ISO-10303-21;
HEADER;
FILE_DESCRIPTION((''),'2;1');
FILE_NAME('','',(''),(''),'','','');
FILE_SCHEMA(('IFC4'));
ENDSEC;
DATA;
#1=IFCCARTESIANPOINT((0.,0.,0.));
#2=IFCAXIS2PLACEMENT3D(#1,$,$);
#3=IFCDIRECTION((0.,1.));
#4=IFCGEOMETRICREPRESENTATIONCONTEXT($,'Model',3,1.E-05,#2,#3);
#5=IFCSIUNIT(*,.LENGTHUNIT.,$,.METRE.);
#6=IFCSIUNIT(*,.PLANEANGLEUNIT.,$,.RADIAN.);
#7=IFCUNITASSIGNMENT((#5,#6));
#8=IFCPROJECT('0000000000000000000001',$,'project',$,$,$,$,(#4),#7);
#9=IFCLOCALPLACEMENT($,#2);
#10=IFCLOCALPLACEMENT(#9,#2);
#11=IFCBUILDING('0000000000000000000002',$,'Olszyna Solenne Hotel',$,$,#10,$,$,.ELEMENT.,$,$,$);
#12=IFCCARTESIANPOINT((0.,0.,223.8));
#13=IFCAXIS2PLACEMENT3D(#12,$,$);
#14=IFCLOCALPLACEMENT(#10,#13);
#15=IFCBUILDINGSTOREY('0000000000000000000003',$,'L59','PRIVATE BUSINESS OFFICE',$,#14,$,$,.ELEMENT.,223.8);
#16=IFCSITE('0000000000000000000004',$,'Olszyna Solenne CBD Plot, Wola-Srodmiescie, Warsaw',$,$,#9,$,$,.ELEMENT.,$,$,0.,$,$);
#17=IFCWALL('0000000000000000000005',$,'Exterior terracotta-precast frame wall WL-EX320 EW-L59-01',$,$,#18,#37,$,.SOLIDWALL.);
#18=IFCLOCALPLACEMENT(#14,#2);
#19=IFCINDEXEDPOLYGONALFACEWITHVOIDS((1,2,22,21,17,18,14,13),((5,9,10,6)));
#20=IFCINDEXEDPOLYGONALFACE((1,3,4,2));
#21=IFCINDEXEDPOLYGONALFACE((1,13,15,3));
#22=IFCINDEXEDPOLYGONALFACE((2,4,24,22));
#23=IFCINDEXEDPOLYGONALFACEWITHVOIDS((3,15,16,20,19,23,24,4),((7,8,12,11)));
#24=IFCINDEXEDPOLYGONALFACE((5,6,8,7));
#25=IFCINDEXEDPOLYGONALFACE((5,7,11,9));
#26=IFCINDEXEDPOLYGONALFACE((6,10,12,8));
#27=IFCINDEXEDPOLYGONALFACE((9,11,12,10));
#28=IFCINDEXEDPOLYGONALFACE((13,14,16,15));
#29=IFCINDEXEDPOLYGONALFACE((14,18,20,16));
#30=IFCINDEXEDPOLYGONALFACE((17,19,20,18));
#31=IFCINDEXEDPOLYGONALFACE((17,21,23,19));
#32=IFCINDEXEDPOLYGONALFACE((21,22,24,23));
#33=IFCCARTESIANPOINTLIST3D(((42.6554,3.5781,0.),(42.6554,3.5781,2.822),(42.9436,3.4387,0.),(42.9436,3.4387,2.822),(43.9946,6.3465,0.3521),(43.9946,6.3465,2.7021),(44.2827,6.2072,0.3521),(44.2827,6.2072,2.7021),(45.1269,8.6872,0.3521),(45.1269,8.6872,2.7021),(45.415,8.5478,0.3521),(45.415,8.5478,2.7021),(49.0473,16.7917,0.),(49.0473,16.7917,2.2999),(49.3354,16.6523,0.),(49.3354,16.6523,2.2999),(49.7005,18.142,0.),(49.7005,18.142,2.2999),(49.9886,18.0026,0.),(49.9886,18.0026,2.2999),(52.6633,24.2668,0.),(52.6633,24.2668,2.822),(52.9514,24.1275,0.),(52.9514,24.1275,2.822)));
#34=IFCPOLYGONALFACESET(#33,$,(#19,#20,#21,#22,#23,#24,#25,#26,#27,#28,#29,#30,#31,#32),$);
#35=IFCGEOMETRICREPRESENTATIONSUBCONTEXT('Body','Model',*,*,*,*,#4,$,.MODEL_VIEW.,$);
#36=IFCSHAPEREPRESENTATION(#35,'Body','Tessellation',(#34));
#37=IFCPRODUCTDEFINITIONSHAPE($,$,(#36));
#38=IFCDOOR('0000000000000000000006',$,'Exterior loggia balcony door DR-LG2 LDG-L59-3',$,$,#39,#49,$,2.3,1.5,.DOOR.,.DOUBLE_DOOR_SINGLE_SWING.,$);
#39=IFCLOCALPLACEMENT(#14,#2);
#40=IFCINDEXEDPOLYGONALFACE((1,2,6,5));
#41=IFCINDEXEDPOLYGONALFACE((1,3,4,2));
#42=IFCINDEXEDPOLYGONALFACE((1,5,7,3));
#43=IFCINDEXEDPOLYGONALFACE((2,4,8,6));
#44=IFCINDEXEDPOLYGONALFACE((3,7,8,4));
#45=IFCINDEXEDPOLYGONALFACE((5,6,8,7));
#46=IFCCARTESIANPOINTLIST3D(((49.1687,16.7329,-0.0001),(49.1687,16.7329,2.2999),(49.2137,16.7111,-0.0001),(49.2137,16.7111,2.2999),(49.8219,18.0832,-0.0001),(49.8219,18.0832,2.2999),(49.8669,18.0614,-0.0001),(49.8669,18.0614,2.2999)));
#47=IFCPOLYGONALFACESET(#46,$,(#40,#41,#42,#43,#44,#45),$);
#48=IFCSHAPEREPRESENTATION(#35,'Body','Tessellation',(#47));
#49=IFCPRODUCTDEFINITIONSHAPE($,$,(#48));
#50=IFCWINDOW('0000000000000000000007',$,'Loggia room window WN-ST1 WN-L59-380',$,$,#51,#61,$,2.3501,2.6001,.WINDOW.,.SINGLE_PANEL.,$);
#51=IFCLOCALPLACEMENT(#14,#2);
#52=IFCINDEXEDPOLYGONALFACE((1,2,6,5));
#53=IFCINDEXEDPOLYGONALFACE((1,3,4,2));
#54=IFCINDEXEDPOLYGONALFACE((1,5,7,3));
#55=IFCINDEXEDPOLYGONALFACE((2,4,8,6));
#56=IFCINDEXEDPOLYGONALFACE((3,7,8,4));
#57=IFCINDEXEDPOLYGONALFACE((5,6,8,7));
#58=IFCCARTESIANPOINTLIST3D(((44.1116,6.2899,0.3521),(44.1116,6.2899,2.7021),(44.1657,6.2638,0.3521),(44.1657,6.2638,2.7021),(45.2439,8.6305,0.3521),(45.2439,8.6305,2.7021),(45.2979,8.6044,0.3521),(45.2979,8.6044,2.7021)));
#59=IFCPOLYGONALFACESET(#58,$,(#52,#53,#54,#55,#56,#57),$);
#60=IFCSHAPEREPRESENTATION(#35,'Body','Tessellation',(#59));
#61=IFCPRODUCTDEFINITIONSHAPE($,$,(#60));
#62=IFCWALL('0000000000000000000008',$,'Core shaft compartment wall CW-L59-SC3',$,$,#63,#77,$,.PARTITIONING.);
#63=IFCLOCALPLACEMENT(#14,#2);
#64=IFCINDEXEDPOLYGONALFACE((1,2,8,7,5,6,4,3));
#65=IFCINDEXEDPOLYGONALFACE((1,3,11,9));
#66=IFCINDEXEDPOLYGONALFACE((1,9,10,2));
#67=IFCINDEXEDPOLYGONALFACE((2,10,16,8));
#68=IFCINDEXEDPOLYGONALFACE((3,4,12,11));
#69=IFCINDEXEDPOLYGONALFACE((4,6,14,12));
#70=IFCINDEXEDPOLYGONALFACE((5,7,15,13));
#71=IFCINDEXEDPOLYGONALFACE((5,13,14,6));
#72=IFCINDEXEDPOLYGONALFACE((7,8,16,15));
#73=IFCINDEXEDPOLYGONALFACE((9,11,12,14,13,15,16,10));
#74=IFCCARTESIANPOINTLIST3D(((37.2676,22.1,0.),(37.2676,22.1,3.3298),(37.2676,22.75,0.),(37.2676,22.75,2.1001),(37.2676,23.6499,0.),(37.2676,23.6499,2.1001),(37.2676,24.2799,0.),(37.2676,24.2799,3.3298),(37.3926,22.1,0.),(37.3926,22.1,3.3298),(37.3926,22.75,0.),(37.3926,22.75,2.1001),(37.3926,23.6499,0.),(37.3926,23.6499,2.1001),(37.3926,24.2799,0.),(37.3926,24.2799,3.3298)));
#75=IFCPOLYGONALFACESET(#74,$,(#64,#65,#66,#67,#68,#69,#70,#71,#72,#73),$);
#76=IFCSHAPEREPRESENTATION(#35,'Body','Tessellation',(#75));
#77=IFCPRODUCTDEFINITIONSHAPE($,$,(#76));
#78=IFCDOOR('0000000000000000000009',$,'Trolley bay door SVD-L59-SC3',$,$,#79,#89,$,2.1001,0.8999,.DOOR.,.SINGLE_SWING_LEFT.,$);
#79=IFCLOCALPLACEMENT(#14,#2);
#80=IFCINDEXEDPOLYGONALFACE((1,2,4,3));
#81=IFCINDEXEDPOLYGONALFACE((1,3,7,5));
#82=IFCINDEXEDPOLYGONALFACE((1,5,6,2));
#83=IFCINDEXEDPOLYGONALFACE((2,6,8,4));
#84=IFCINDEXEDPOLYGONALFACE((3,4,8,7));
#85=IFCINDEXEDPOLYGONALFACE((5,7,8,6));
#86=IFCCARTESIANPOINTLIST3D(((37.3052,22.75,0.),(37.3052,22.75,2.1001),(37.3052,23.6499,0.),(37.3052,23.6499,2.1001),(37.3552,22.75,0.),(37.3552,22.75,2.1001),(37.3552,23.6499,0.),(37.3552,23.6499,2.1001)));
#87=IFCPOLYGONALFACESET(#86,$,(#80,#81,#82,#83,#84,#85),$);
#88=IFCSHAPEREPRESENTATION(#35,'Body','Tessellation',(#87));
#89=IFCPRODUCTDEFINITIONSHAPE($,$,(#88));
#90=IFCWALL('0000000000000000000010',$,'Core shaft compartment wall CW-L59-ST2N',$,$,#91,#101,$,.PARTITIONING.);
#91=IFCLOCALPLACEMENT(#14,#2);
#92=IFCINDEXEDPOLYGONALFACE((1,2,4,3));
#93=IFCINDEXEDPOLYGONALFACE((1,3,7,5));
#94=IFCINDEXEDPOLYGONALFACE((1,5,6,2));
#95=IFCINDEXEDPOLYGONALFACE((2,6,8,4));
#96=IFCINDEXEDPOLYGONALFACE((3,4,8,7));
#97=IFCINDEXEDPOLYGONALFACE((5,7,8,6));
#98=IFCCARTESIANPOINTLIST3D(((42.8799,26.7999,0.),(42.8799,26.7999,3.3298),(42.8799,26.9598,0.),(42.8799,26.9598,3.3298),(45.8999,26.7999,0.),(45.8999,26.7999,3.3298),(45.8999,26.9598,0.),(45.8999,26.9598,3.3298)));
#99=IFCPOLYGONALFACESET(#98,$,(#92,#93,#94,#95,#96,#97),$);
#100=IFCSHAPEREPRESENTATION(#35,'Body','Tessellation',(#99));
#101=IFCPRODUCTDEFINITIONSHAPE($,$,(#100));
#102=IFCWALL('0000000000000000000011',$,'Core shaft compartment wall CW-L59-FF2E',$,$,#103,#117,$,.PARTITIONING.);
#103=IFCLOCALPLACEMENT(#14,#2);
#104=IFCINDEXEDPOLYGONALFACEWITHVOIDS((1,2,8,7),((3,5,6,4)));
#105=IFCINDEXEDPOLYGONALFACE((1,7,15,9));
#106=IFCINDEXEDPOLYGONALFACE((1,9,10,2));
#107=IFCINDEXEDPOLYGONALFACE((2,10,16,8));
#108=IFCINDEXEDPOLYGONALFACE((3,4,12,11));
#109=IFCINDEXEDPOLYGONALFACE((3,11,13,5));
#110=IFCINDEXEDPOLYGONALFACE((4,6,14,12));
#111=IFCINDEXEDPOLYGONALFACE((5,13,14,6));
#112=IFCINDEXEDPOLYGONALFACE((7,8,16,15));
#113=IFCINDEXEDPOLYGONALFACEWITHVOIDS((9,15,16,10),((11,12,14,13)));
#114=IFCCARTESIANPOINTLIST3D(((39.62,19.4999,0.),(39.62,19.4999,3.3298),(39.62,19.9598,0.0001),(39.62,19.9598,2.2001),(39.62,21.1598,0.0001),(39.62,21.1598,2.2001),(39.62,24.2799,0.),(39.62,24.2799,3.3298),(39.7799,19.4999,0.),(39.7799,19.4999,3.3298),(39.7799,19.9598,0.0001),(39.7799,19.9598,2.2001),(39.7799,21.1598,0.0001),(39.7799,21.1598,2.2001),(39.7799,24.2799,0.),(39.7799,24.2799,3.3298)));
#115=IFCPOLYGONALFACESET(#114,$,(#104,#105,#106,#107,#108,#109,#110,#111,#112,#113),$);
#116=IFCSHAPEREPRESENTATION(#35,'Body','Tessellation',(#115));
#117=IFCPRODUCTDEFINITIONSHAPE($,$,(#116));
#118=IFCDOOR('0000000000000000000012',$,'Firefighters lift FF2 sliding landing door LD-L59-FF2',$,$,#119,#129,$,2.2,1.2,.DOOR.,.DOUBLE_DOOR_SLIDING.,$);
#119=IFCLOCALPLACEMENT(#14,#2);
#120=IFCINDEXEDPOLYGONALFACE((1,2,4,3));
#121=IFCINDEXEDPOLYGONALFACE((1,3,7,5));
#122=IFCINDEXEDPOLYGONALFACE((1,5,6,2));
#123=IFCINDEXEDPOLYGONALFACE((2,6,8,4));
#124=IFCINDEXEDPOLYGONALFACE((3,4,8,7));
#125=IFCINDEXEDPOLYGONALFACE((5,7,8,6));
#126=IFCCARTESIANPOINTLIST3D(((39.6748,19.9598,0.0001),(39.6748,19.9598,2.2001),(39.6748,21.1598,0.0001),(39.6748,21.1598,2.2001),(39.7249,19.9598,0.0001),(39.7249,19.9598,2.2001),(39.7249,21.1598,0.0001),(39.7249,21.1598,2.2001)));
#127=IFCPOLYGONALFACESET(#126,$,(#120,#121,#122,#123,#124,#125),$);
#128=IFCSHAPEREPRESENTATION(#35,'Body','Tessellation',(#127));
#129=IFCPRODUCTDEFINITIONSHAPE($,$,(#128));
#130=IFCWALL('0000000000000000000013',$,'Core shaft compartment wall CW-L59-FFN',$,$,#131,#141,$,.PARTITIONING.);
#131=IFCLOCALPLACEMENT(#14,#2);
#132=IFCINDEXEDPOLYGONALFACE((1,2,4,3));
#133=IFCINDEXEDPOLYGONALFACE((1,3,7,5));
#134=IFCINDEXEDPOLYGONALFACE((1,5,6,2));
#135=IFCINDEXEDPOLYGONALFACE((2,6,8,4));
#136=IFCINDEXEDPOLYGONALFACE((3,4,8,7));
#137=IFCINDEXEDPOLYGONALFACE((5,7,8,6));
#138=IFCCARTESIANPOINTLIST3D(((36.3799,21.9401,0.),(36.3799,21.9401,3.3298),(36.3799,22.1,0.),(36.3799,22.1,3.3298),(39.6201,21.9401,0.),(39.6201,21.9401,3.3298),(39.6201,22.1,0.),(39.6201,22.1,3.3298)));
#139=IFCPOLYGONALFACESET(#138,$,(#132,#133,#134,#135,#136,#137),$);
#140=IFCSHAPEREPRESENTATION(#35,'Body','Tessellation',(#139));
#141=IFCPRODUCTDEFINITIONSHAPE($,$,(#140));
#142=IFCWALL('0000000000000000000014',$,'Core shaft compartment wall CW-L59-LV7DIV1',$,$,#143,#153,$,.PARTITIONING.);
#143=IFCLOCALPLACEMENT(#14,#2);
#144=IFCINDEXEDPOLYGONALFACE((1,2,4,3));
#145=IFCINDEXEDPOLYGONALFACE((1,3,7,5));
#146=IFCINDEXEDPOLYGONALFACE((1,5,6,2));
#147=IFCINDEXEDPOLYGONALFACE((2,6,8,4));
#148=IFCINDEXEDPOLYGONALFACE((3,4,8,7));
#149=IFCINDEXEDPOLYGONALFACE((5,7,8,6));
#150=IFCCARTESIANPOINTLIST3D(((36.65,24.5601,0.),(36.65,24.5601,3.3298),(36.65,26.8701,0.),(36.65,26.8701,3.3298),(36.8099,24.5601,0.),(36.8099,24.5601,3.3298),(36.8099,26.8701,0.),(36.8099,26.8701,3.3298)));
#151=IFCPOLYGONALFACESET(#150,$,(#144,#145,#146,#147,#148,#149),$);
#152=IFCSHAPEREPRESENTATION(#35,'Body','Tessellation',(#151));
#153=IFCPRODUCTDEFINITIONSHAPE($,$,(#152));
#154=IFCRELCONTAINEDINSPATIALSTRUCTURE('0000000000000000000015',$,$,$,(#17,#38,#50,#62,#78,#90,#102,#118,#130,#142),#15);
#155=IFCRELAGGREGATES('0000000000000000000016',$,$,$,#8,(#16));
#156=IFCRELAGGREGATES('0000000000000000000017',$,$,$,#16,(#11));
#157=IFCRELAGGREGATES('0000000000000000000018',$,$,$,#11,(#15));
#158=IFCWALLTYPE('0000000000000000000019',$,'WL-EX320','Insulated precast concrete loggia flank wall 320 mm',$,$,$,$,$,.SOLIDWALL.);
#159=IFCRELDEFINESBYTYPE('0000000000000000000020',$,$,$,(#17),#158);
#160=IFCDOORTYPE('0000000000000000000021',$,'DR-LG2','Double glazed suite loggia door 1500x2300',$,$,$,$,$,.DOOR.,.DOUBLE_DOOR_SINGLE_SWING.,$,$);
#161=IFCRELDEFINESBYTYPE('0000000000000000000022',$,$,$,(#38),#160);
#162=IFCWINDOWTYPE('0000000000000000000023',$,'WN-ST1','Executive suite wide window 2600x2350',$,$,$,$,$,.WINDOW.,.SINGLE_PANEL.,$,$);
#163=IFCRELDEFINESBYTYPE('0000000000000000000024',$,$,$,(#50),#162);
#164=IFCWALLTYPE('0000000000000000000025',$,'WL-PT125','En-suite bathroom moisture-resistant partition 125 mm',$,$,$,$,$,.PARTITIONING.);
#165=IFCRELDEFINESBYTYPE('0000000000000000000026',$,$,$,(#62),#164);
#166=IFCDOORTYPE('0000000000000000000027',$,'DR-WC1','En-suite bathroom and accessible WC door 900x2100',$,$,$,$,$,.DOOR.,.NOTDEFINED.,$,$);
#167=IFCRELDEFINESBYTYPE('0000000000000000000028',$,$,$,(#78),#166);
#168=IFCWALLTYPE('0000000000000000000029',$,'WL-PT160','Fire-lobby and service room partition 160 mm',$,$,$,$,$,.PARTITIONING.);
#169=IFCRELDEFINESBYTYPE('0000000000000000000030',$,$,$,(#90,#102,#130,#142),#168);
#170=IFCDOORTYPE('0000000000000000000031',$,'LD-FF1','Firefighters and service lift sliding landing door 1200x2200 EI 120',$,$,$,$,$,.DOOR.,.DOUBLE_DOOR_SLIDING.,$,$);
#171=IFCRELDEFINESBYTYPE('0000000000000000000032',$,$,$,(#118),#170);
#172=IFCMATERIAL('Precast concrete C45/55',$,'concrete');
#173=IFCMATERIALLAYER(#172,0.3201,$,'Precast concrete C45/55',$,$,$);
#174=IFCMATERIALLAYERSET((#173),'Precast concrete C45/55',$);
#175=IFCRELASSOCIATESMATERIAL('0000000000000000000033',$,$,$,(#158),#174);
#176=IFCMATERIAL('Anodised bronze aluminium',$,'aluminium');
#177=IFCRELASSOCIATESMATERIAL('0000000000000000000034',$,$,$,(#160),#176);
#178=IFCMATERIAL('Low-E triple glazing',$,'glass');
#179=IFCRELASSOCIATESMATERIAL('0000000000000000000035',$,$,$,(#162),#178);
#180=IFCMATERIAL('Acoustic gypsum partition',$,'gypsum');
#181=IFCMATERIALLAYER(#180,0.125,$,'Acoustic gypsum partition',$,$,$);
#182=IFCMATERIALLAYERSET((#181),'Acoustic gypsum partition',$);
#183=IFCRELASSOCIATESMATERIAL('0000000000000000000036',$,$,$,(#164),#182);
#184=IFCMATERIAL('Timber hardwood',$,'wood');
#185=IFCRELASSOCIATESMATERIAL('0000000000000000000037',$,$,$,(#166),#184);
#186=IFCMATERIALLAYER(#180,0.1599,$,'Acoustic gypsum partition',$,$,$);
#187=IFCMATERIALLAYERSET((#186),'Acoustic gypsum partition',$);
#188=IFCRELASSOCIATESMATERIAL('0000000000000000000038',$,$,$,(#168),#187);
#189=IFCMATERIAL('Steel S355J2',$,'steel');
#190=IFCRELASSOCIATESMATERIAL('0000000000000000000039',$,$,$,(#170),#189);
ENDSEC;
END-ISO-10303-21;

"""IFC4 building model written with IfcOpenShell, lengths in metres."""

from ifc_helpers import new_model, si_unit, direction, frame, frame_2d, origin, place, context, subcontext, project, spatial, rectangle, extrude, source, transform, mapped, material, layer, layer_set, type_object, type_shapes, element, fill, save


model = new_model("IFC4")

# Units and contexts
model_context = context("Model", 3, precision=1e-05, world=origin(), true_north=direction((0.0, 1.0)))
body_context = subcontext(model_context, "Body", "Model", "MODEL_VIEW")
ifc_project = project(units=[si_unit("LENGTHUNIT", "METRE"), si_unit("PLANEANGLEUNIT", "RADIAN")], contexts=[model_context])

# Site, building, storey
site_placement = place(None, origin())
site = spatial("IfcSite", under=ifc_project, at=site_placement, Name="Olszyna Solenne CBD Plot, Wola-Srodmiescie, Warsaw", CompositionType="ELEMENT", RefElevation=0.0)
building_placement = place(site_placement, origin())
building = spatial("IfcBuilding", under=site, at=building_placement, Name="Olszyna Solenne Hotel", CompositionType="ELEMENT")
storey_placement = place(building_placement, frame((0.0, 0.0, 223.8)))
storey = spatial("IfcBuildingStorey", under=building, at=storey_placement, Name="L59", Description="PRIVATE BUSINESS OFFICE", CompositionType="ELEMENT", Elevation=223.8)

# Shared definitions
ifc_material_1 = material(Name="Steel S355J2", Category="steel")

# Wall, openings, door, window
ifc_material_2 = material(Name="Precast concrete C45/55", Category="concrete")
ifc_layer_1 = layer(ifc_material_2, 0.3201, Name="Precast concrete C45/55")
ifc_layer_set_1 = layer_set([ifc_layer_1], Name="Precast concrete C45/55")
wall_type_1 = type_object("IfcWallType", Name="WL-EX320", Description="Insulated precast concrete loggia flank wall 320 mm", PredefinedType="SOLIDWALL", material=ifc_layer_set_1)
wall_1_placement = place(storey_placement, frame((52.8074, 24.1973, 0.0), z_axis=(0.0, 0.0, 1.0), x_axis=(-0.43546, -0.900208, 0.0)))
wall_1 = element("IfcWall", 1, at=wall_1_placement, inside=storey, type_object=wall_type_1, Name="Exterior terracotta-precast frame wall WL-EX320 EW-L59-01", PredefinedType="SOLIDWALL", context=body_context, shape_type="SweptSolid", body=[
    extrude(rectangle(XDim=22.9822, YDim=0.3201, at=frame_2d((11.4912, 0.0))), origin(), (0.0, 0.0, 1.0), 2.822),
])
opening_1_placement = place(wall_1_placement, frame((6.804, 0.0, 0.0)))
opening_1 = element("IfcOpeningElement", 2, at=opening_1_placement, cuts=wall_1, PredefinedType="OPENING", context=body_context, shape_type="SweptSolid", body=[
    extrude(rectangle(XDim=1.5, YDim=2.3, at=frame_2d((0.75, 1.1499))), frame((0.0, 0.1699, 0.0), z_axis=(0.0, -1.0, 0.0), x_axis=(1.0, 0.0, 0.0)), (0.0, 0.0, 1.0), 0.3401),
])
opening_2_placement = place(wall_1_placement, frame((17.3069, 0.0, 0.3521)))
opening_2 = element("IfcOpeningElement", 3, at=opening_2_placement, cuts=wall_1, PredefinedType="OPENING", context=body_context, shape_type="SweptSolid", body=[
    extrude(rectangle(XDim=2.6001, YDim=2.3501, at=frame_2d((1.3, 1.175))), frame((0.0, 0.1699, 0.0), z_axis=(0.0, -1.0, 0.0), x_axis=(1.0, 0.0, 0.0)), (0.0, 0.0, 1.0), 0.3401),
])
ifc_material_3 = material(Name="Anodised bronze aluminium", Category="aluminium")
door_type_1 = type_object("IfcDoorType", Name="DR-LG2", Description="Double glazed suite loggia door 1500x2300", OperationType="DOUBLE_DOOR_SINGLE_SWING", PredefinedType="DOOR", material=ifc_material_3)
shared_shape_1 = source(origin(), body_context, "Body", "SweptSolid", [
    extrude(rectangle(XDim=1.5, YDim=2.3, at=frame_2d((0.75, 1.1499))), frame((0.0, 0.0249, 0.0), z_axis=(0.0, -1.0, 0.0), x_axis=(1.0, 0.0, 0.0)), (0.0, 0.0, 1.0), 0.05),
])
type_shapes(door_type_1, [shared_shape_1])
door_1_placement = place(opening_1_placement, origin())
door_1 = element("IfcDoor", 4, at=door_1_placement, inside=storey, type_object=door_type_1, Name="Exterior loggia balcony door DR-LG2 LDG-L59-3", OperationType="DOUBLE_DOOR_SINGLE_SWING", OverallHeight=2.3, OverallWidth=1.5, PredefinedType="DOOR", context=body_context, shape_type="MappedRepresentation", body=[
    mapped(shared_shape_1, transform((0.0, 0.0, 0.0), x_axis=(1.0, 0.0, 0.0), y_axis=(0.0, 1.0, 0.0), z_axis=(0.0, 0.0, 1.0), scale=1.0)),
])
fill(opening_1, door_1)
ifc_material_4 = material(Name="Low-E triple glazing", Category="glass")
window_type = type_object("IfcWindowType", Name="WN-ST1", Description="Executive suite wide window 2600x2350", PartitioningType="SINGLE_PANEL", PredefinedType="WINDOW", material=ifc_material_4)
shared_shape_2 = source(origin(), body_context, "Body", "SweptSolid", [
    extrude(rectangle(XDim=2.6001, YDim=2.3501, at=frame_2d((1.3, 1.175))), frame((0.0, 0.03, 0.0), z_axis=(0.0, -1.0, 0.0), x_axis=(1.0, 0.0, 0.0)), (0.0, 0.0, 1.0), 0.0601),
])
type_shapes(window_type, [shared_shape_2])
window_placement = place(opening_2_placement, origin())
window = element("IfcWindow", 5, at=window_placement, inside=storey, type_object=window_type, Name="Loggia room window WN-ST1 WN-L59-380", OverallHeight=2.3501, OverallWidth=2.6001, PartitioningType="SINGLE_PANEL", PredefinedType="WINDOW", context=body_context, shape_type="MappedRepresentation", body=[
    mapped(shared_shape_2, transform((0.0, 0.0, 0.0), x_axis=(1.0, 0.0, 0.0), y_axis=(0.0, 1.0, 0.0), z_axis=(0.0, 0.0, 1.0), scale=1.0)),
])
fill(opening_2, window)

# Wall, opening, door
ifc_material_5 = material(Name="Acoustic gypsum partition", Category="gypsum")
ifc_layer_2 = layer(ifc_material_5, 0.125, Name="Acoustic gypsum partition")
ifc_layer_set_2 = layer_set([ifc_layer_2], Name="Acoustic gypsum partition")
wall_type_2 = type_object("IfcWallType", Name="WL-PT125", Description="En-suite bathroom moisture-resistant partition 125 mm", PredefinedType="PARTITIONING", material=ifc_layer_set_2)
wall_2_placement = place(storey_placement, frame((37.3301, 22.1001, 0.0), z_axis=(0.0, 0.0, 1.0), x_axis=(0.0, 1.0, 0.0)))
wall_2 = element("IfcWall", 6, at=wall_2_placement, inside=storey, type_object=wall_type_2, Name="Core shaft compartment wall CW-L59-SC3", PredefinedType="PARTITIONING", context=body_context, shape_type="SweptSolid", body=[
    extrude(rectangle(XDim=2.1799, YDim=0.125, at=frame_2d((1.0898, 0.0))), origin(), (0.0, 0.0, 1.0), 3.3298),
])
opening_3_placement = place(wall_2_placement, frame((0.6499, 0.0, 0.0)))
opening_3 = element("IfcOpeningElement", 7, at=opening_3_placement, cuts=wall_2, PredefinedType="OPENING", context=body_context, shape_type="SweptSolid", body=[
    extrude(rectangle(XDim=0.8999, YDim=2.1001, at=frame_2d((0.45, 1.05))), frame((0.0, 0.0725, 0.0), z_axis=(0.0, -1.0, 0.0), x_axis=(1.0, 0.0, 0.0)), (0.0, 0.0, 1.0), 0.145),
])
ifc_material_6 = material(Name="Timber hardwood", Category="wood")
door_type_2 = type_object("IfcDoorType", Name="DR-WC1", Description="En-suite bathroom and accessible WC door 900x2100", OperationType="NOTDEFINED", PredefinedType="DOOR", material=ifc_material_6)
shared_shape_3 = source(origin(), body_context, "Body", "SweptSolid", [
    extrude(rectangle(XDim=0.8999, YDim=2.1001, at=frame_2d((0.45, 1.05))), frame((0.0, 0.0249, 0.0), z_axis=(0.0, -1.0, 0.0), x_axis=(1.0, 0.0, 0.0)), (0.0, 0.0, 1.0), 0.05),
])
type_shapes(door_type_2, [shared_shape_3])
door_2_placement = place(opening_3_placement, origin())
door_2 = element("IfcDoor", 8, at=door_2_placement, inside=storey, type_object=door_type_2, Name="Trolley bay door SVD-L59-SC3", OperationType="SINGLE_SWING_LEFT", OverallHeight=2.1001, OverallWidth=0.8999, PredefinedType="DOOR", context=body_context, shape_type="MappedRepresentation", body=[
    mapped(shared_shape_3, transform((0.0, 0.0, 0.0), x_axis=(1.0, 0.0, 0.0), y_axis=(0.0, 1.0, 0.0), z_axis=(0.0, 0.0, 1.0), scale=1.0)),
])
fill(opening_3, door_2)

# Wall
ifc_layer_3 = layer(ifc_material_5, 0.1599, Name="Acoustic gypsum partition")
ifc_layer_set_3 = layer_set([ifc_layer_3], Name="Acoustic gypsum partition")
wall_type_3 = type_object("IfcWallType", Name="WL-PT160", Description="Fire-lobby and service room partition 160 mm", PredefinedType="PARTITIONING", material=ifc_layer_set_3)
wall_3_placement = place(storey_placement, frame((42.8799, 26.8799, 0.0), z_axis=(0.0, 0.0, 1.0), x_axis=(1.0, 0.0, 0.0)))
element("IfcWall", 9, at=wall_3_placement, inside=storey, type_object=wall_type_3, Name="Core shaft compartment wall CW-L59-ST2N", PredefinedType="PARTITIONING", context=body_context, shape_type="SweptSolid", body=[
    extrude(rectangle(XDim=3.02, YDim=0.1599, at=frame_2d((1.51, 0.0))), origin(), (0.0, 0.0, 1.0), 3.3298),
])

# Wall, opening, door
wall_4_placement = place(storey_placement, frame((39.7, 24.28, 0.0), z_axis=(0.0, 0.0, 1.0), x_axis=(0.0, -1.0, 0.0)))
wall_4 = element("IfcWall", 10, at=wall_4_placement, inside=storey, type_object=wall_type_3, Name="Core shaft compartment wall CW-L59-FF2E", PredefinedType="PARTITIONING", context=body_context, shape_type="SweptSolid", body=[
    extrude(rectangle(XDim=4.78, YDim=0.1599, at=frame_2d((2.3901, 0.0))), origin(), (0.0, 0.0, 1.0), 3.3298),
])
opening_4_placement = place(wall_4_placement, frame((3.1201, 0.0, 0.0)))
opening_4 = element("IfcOpeningElement", 11, at=opening_4_placement, cuts=wall_4, PredefinedType="OPENING", context=body_context, shape_type="SweptSolid", body=[
    extrude(rectangle(XDim=1.2, YDim=2.2, at=frame_2d((0.6001, 1.1001))), frame((0.0, 0.0898, 0.0), z_axis=(0.0, -1.0, 0.0), x_axis=(1.0, 0.0, 0.0)), (0.0, 0.0, 1.0), 0.1799),
])
door_type_3 = type_object("IfcDoorType", Name="LD-FF1", Description="Firefighters and service lift sliding landing door 1200x2200 EI 120", OperationType="DOUBLE_DOOR_SLIDING", PredefinedType="DOOR", material=ifc_material_1)
shared_shape_4 = source(origin(), body_context, "Body", "SweptSolid", [
    extrude(rectangle(XDim=1.2, YDim=2.2, at=frame_2d((0.6001, 1.1001))), frame((0.0, 0.0249, 0.0), z_axis=(0.0, -1.0, 0.0), x_axis=(1.0, 0.0, 0.0)), (0.0, 0.0, 1.0), 0.05),
])
type_shapes(door_type_3, [shared_shape_4])
door_3_placement = place(opening_4_placement, origin())
door_3 = element("IfcDoor", 12, at=door_3_placement, inside=storey, type_object=door_type_3, Name="Firefighters lift FF2 sliding landing door LD-L59-FF2", OperationType="DOUBLE_DOOR_SLIDING", OverallHeight=2.2, OverallWidth=1.2, PredefinedType="DOOR", context=body_context, shape_type="MappedRepresentation", body=[
    mapped(shared_shape_4, transform((0.0, 0.0, 0.0), x_axis=(1.0, 0.0, 0.0), y_axis=(0.0, 1.0, 0.0), z_axis=(0.0, 0.0, 1.0), scale=1.0)),
])
fill(opening_4, door_3)

# Walls
wall_5_placement = place(storey_placement, frame((36.3799, 22.02, 0.0), z_axis=(0.0, 0.0, 1.0), x_axis=(1.0, 0.0, 0.0)))
element("IfcWall", 13, at=wall_5_placement, inside=storey, type_object=wall_type_3, Name="Core shaft compartment wall CW-L59-FFN", PredefinedType="PARTITIONING", context=body_context, shape_type="SweptSolid", body=[
    extrude(rectangle(XDim=3.2402, YDim=0.1599, at=frame_2d((1.6201, 0.0))), origin(), (0.0, 0.0, 1.0), 3.3298),
])
for number, where, z_axis, x_axis, name in (
    (14, (36.73, 24.5601, 0.0), (0.0, 0.0, 1.0), (0.0, 1.0, 0.0), "Core shaft compartment wall CW-L59-LV7DIV1"),
):
    element("IfcWall", number, at=place(storey_placement, frame(where, z_axis=z_axis, x_axis=x_axis)), inside=storey, type_object=wall_type_3, Name=name, PredefinedType="PARTITIONING", context=body_context, shape_type="SweptSolid", body=[
        extrude(rectangle(XDim=2.3101, YDim=0.1599, at=frame_2d((1.155, 0.0))), origin(), (0.0, 0.0, 1.0), 3.3298),
    ])

save(model, "model.ifc")
